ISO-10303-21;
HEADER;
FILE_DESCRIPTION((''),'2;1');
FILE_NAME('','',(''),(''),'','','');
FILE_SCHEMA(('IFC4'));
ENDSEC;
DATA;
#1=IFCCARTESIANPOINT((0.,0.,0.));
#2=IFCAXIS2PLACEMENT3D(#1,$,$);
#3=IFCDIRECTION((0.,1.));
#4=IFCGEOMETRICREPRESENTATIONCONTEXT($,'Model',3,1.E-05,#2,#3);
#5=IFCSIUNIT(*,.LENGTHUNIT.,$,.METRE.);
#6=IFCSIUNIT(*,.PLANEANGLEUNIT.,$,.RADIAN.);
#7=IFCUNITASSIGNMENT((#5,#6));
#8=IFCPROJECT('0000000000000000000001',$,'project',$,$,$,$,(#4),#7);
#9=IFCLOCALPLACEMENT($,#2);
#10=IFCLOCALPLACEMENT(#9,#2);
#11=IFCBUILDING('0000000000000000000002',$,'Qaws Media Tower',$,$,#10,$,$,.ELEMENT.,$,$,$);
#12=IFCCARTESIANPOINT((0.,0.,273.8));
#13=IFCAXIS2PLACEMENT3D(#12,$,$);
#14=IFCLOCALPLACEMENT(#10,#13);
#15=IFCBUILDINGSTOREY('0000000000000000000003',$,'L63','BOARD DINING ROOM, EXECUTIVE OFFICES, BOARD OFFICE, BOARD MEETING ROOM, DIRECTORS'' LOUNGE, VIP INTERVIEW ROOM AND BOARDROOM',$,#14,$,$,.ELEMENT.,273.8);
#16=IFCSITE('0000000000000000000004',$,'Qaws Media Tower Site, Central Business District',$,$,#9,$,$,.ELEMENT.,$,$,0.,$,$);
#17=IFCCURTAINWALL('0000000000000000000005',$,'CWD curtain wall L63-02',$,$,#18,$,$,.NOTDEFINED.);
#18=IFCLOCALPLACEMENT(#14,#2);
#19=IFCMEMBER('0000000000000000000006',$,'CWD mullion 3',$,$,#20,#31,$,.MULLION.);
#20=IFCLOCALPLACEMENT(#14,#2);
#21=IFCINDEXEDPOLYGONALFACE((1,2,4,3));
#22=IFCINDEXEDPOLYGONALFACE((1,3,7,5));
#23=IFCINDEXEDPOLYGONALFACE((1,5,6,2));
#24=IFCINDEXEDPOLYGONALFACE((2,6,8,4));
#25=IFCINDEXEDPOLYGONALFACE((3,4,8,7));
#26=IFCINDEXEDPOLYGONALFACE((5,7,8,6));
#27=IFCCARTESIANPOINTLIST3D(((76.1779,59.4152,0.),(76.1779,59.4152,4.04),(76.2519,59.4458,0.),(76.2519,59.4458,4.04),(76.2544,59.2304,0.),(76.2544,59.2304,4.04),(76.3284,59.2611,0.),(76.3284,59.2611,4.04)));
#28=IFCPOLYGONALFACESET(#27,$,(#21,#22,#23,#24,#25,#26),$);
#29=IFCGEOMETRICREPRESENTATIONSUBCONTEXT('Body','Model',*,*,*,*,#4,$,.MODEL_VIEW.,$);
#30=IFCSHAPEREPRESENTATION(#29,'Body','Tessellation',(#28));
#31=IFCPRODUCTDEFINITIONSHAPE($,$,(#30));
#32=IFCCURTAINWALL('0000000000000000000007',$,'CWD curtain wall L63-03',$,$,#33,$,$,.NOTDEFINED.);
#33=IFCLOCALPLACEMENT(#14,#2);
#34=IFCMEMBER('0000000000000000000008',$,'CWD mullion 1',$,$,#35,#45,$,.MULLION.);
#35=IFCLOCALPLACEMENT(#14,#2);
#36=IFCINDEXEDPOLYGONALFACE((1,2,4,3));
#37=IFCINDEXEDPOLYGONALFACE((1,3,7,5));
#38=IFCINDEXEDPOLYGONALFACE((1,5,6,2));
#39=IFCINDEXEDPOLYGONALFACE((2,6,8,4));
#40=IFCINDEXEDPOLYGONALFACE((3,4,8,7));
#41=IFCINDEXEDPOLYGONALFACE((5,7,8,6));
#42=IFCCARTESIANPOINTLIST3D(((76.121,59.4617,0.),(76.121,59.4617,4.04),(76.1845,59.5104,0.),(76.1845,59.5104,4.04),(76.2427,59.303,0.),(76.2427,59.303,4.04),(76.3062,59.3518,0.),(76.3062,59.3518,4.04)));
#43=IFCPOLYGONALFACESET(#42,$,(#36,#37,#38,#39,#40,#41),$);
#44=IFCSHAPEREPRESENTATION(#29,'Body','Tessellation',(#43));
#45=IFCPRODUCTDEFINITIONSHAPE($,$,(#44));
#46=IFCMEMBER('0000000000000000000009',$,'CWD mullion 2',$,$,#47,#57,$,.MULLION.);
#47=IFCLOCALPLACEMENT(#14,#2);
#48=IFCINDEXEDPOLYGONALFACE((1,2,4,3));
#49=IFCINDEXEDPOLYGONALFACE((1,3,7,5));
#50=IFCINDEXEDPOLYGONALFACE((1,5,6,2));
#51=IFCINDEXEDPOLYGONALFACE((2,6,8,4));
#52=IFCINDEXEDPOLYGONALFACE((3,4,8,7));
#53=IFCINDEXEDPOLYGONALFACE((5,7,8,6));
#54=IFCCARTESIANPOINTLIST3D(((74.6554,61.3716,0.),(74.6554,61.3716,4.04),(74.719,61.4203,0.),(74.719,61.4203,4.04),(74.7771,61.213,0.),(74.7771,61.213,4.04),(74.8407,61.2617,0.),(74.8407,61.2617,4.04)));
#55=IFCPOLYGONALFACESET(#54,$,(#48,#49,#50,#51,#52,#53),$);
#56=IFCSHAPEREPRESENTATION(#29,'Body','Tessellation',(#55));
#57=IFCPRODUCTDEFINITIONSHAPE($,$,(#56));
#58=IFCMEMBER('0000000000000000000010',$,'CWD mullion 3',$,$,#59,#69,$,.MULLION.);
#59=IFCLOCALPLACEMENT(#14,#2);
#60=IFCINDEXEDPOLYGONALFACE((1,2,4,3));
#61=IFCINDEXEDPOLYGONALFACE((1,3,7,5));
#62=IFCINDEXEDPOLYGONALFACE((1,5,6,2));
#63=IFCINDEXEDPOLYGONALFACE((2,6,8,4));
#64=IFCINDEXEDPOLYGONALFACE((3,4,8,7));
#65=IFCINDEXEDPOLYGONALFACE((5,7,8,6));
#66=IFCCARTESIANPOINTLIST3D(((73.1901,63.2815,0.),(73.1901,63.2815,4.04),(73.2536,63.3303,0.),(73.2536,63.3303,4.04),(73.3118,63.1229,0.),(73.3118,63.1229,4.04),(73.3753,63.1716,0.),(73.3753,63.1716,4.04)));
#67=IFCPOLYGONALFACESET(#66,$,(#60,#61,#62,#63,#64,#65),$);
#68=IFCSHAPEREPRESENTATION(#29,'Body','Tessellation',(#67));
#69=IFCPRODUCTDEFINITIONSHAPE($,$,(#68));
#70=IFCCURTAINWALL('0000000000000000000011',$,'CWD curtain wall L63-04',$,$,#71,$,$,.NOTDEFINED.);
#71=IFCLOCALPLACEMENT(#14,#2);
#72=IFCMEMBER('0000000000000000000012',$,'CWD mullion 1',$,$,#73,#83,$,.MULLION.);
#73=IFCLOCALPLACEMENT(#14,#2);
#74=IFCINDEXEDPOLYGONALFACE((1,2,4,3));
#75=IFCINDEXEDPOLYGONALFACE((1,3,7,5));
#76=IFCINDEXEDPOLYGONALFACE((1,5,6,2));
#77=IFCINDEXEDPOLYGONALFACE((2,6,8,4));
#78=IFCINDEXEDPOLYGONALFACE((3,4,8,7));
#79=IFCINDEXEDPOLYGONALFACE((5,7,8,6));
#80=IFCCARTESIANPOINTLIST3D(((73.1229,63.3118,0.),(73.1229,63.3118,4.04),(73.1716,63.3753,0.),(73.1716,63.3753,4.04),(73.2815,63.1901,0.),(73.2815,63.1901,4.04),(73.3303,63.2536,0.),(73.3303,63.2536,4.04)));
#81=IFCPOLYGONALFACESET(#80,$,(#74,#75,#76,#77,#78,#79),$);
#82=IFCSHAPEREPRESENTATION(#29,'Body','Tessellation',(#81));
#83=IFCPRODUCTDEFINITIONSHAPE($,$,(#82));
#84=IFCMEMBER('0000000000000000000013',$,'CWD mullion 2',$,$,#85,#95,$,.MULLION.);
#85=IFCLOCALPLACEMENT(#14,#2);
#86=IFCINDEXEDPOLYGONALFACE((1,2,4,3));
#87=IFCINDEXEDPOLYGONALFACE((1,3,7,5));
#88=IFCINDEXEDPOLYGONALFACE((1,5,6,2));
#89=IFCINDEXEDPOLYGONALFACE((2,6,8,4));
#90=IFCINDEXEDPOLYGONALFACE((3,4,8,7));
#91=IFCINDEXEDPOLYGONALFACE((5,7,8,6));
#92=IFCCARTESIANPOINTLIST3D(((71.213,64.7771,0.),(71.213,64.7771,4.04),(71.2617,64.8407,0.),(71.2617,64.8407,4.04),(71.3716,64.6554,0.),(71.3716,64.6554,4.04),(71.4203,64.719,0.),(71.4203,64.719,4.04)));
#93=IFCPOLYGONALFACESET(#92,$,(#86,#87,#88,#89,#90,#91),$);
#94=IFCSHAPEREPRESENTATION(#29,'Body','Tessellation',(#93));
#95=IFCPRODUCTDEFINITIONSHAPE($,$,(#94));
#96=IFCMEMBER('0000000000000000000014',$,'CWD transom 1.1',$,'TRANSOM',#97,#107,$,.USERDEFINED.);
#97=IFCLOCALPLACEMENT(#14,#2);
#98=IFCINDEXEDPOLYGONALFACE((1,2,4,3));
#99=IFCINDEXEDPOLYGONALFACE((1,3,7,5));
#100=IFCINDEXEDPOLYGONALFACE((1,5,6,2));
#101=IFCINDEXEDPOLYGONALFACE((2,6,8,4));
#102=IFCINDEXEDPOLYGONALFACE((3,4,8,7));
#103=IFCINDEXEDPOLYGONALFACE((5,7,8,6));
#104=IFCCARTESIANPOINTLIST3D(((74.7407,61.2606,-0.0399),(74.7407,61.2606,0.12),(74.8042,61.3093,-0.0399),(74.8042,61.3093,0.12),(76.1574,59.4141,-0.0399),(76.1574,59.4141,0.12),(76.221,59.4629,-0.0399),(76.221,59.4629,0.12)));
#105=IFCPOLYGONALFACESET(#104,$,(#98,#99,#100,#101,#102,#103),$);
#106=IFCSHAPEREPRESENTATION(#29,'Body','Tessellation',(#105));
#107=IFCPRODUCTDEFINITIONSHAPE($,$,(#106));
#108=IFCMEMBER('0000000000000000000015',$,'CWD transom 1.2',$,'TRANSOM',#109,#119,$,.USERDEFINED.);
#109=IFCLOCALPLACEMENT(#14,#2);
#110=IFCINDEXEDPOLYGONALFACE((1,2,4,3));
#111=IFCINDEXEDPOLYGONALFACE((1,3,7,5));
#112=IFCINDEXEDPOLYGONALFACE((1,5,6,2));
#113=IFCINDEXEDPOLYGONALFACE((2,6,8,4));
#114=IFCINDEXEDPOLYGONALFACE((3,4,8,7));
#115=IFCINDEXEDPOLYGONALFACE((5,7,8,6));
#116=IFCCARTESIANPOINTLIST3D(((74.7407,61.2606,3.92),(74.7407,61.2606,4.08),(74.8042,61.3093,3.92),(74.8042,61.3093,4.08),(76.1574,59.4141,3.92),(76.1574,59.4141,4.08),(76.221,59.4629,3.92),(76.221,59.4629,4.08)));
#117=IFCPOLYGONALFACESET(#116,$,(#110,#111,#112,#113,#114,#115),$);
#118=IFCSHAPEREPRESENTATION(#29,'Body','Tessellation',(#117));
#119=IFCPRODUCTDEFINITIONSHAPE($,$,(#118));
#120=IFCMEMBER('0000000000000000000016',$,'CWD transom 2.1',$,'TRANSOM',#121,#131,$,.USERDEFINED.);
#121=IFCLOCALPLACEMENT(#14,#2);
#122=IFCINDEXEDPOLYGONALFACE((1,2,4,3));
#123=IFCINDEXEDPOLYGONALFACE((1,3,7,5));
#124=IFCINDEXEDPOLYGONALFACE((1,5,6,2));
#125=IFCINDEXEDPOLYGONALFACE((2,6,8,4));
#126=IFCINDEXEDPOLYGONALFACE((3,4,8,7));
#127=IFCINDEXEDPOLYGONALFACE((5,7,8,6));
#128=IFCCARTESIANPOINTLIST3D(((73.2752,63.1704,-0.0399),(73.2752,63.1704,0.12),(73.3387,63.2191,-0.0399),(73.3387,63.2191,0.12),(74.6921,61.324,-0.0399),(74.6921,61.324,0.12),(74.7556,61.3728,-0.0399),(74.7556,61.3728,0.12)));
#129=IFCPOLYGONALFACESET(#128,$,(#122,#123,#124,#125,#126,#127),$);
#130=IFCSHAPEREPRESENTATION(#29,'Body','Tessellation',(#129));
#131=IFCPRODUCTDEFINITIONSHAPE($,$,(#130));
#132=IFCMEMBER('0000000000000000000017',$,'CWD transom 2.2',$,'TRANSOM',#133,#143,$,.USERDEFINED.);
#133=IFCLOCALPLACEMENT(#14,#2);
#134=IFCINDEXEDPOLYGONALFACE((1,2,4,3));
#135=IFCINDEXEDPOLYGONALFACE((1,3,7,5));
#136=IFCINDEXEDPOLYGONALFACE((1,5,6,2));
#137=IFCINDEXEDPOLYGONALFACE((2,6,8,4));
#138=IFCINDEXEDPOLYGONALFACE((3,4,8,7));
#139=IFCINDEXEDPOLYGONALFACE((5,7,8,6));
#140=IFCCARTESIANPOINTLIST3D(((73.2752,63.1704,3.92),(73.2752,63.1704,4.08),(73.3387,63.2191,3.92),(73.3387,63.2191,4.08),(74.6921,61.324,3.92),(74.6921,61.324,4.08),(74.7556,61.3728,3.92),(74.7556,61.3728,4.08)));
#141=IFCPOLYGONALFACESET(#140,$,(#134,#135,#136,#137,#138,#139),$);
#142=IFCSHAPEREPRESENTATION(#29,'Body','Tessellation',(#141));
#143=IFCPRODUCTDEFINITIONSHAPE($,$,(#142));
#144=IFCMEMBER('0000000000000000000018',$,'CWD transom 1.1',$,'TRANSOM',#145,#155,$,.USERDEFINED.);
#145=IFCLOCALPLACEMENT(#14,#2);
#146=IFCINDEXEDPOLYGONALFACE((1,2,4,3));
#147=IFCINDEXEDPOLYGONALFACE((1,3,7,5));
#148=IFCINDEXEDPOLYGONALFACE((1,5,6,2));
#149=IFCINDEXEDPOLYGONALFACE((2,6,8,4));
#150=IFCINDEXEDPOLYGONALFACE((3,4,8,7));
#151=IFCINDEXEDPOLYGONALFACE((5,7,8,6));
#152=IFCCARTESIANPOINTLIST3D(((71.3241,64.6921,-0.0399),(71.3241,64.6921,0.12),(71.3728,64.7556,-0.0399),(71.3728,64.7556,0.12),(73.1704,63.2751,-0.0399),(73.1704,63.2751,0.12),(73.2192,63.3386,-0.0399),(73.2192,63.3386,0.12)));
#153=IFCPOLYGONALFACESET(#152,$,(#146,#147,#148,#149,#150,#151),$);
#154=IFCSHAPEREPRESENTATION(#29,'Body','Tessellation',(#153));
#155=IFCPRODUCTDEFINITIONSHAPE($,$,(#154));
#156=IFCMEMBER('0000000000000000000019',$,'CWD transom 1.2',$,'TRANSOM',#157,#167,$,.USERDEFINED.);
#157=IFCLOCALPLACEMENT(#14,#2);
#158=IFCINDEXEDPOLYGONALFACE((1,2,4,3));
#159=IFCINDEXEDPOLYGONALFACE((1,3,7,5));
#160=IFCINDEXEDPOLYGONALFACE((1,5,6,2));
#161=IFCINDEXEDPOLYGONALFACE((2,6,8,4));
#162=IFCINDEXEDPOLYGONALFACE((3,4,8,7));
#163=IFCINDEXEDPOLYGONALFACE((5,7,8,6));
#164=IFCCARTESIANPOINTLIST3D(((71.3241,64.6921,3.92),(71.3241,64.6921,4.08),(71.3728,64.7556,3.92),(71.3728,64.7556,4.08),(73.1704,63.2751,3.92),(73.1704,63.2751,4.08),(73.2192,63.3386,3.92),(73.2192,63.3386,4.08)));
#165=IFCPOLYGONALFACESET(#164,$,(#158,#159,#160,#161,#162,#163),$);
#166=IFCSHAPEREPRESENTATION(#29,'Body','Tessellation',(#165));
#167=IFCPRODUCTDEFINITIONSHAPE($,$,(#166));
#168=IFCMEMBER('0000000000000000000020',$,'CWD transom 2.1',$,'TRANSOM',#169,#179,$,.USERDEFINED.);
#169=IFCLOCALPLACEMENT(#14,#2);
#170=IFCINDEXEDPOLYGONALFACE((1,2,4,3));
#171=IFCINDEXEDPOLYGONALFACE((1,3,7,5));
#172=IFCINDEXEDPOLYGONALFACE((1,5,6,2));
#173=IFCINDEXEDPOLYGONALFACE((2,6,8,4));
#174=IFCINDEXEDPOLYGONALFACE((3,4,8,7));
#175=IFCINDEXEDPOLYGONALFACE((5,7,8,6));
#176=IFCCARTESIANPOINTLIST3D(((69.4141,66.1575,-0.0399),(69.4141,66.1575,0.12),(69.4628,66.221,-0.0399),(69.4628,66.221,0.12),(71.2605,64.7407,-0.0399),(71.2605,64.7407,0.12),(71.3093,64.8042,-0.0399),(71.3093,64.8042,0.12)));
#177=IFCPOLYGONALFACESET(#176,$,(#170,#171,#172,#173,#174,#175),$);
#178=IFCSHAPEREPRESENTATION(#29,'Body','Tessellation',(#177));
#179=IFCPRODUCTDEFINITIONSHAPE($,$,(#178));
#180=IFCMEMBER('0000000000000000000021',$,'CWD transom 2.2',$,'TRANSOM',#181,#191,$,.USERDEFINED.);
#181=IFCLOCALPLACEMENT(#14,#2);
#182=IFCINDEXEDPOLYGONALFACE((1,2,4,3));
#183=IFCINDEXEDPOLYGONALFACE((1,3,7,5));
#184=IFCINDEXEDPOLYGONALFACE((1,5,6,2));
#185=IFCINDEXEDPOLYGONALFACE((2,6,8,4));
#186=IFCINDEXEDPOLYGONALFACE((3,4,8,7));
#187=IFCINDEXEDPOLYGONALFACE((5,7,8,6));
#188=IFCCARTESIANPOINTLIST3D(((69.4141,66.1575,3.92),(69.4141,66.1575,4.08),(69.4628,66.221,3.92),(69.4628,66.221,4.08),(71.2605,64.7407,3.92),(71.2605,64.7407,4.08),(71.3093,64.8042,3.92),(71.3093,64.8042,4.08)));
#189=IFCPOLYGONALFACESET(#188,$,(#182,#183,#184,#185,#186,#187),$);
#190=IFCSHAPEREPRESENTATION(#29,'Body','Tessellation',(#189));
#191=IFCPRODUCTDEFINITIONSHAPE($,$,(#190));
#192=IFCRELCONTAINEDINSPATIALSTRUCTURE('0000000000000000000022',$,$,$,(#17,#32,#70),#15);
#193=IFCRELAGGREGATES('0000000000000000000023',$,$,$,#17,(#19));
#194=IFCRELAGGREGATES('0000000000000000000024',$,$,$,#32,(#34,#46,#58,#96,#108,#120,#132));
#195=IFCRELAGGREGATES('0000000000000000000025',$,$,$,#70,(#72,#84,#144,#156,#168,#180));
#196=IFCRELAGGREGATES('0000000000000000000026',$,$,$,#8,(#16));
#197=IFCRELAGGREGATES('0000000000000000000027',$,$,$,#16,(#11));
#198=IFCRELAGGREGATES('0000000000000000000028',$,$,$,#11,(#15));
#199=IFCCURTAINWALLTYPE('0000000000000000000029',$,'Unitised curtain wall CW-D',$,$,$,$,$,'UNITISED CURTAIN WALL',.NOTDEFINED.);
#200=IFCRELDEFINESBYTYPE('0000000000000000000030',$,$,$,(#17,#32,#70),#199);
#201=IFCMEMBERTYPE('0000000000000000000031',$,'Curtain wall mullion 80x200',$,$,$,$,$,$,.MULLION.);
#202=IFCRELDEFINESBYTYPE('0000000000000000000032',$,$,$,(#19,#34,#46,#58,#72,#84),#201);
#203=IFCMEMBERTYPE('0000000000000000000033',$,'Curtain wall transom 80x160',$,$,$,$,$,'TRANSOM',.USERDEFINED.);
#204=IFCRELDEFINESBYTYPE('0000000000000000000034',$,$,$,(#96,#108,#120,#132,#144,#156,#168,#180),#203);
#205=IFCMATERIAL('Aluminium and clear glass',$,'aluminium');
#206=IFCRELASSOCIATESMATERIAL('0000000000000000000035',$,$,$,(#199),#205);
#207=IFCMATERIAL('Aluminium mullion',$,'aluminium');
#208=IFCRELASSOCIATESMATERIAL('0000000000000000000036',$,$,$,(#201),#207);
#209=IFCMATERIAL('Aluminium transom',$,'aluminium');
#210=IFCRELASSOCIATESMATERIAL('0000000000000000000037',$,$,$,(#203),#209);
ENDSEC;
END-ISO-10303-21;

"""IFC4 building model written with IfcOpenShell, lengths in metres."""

from ifc_helpers import new_model, si_unit, direction, frame, origin, origin_2d, place, context, subcontext, project, spatial, rectangle, extrude, material, material_profile, profile_set, type_object, element, aggregate, save


model = new_model("IFC4")

# Units and contexts
model_context = context("Model", 3, precision=1e-05, world=origin(), true_north=direction((0.0, 1.0)))
body_context = subcontext(model_context, "Body", "Model", "MODEL_VIEW")
ifc_project = project(units=[si_unit("LENGTHUNIT", "METRE"), si_unit("PLANEANGLEUNIT", "RADIAN")], contexts=[model_context])

# Site, building, storey
site_placement = place(None, origin())
site = spatial("IfcSite", under=ifc_project, at=site_placement, Name="Qaws Media Tower Site, Central Business District", CompositionType="ELEMENT", RefElevation=0.0)
building_placement = place(site_placement, origin())
building = spatial("IfcBuilding", under=site, at=building_placement, Name="Qaws Media Tower", CompositionType="ELEMENT")
storey_placement = place(building_placement, frame((0.0, 0.0, 273.8)))
storey = spatial("IfcBuildingStorey", under=building, at=storey_placement, Name="L63", Description="BOARD DINING ROOM, EXECUTIVE OFFICES, BOARD OFFICE, BOARD MEETING ROOM, DIRECTORS' LOUNGE, VIP INTERVIEW ROOM AND BOARDROOM", CompositionType="ELEMENT", Elevation=273.8)

# Curtain wall, member
ifc_material_1 = material(Name="Aluminium and clear glass", Category="aluminium")
curtain_wall_type = type_object("IfcCurtainWallType", Name="Unitised curtain wall CW-D", ElementType="UNITISED CURTAIN WALL", PredefinedType="NOTDEFINED", material=ifc_material_1)
curtain_wall_1_placement = place(storey_placement, origin())
curtain_wall_1 = element("IfcCurtainWall", 1, at=curtain_wall_1_placement, inside=storey, type_object=curtain_wall_type, Name="CWD curtain wall L63-02", PredefinedType="NOTDEFINED")
ifc_material_2 = material(Name="Aluminium mullion", Category="aluminium")
ifc_material_profile_1 = material_profile(ifc_material_2, rectangle(XDim=0.0801, YDim=0.2, at=origin_2d()), Name="80x200")
ifc_profile_set_1 = profile_set([ifc_material_profile_1], Name="Aluminium mullion")
member_type_1 = type_object("IfcMemberType", Name="Curtain wall mullion 80x200", PredefinedType="MULLION", material=ifc_profile_set_1)
member_1_placement = place(storey_placement, frame((76.2532, 59.3381, 0.0), z_axis=(0.0, 0.0, 1.0), x_axis=(-0.92388, -0.382683, 0.0)))
member_1 = element("IfcMember", 2, at=member_1_placement, type_object=member_type_1, Name="CWD mullion 3", PredefinedType="MULLION", context=body_context, shape_type="SweptSolid", body=[
    extrude(rectangle(XDim=0.0801, YDim=0.2, at=origin_2d()), origin(), (0.0, 0.0, 1.0), 4.04),
])
aggregate(curtain_wall_1, [member_1])

# Curtain walls, members
curtain_wall_2_placement = place(storey_placement, origin())
curtain_wall_2 = element("IfcCurtainWall", 3, at=curtain_wall_2_placement, inside=storey, type_object=curtain_wall_type, Name="CWD curtain wall L63-03", PredefinedType="NOTDEFINED")
member_2_placement = place(storey_placement, frame((76.2136, 59.4067, 0.0), z_axis=(0.0, 0.0, 1.0), x_axis=(-0.793353, -0.608761, 0.0)))
member_2 = element("IfcMember", 4, at=member_2_placement, type_object=member_type_1, Name="CWD mullion 1", PredefinedType="MULLION", context=body_context, shape_type="SweptSolid", body=[
    extrude(rectangle(XDim=0.0801, YDim=0.2, at=origin_2d()), origin(), (0.0, 0.0, 1.0), 4.04),
])
member_3_placement = place(storey_placement, frame((74.748, 61.3167, 0.0), z_axis=(0.0, 0.0, 1.0), x_axis=(-0.793353, -0.608761, 0.0)))
member_3 = element("IfcMember", 5, at=member_3_placement, type_object=member_type_1, Name="CWD mullion 2", PredefinedType="MULLION", context=body_context, shape_type="SweptSolid", body=[
    extrude(rectangle(XDim=0.0801, YDim=0.2, at=origin_2d()), origin(), (0.0, 0.0, 1.0), 4.04),
])
member_4_placement = place(storey_placement, frame((73.2827, 63.2266, 0.0), z_axis=(0.0, 0.0, 1.0), x_axis=(-0.793353, -0.608761, 0.0)))
member_4 = element("IfcMember", 6, at=member_4_placement, type_object=member_type_1, Name="CWD mullion 3", PredefinedType="MULLION", context=body_context, shape_type="SweptSolid", body=[
    extrude(rectangle(XDim=0.0801, YDim=0.2, at=origin_2d()), origin(), (0.0, 0.0, 1.0), 4.04),
])
curtain_wall_3_placement = place(storey_placement, origin())
curtain_wall_3 = element("IfcCurtainWall", 7, at=curtain_wall_3_placement, inside=storey, type_object=curtain_wall_type, Name="CWD curtain wall L63-04", PredefinedType="NOTDEFINED")
member_5_placement = place(storey_placement, frame((73.2266, 63.2827, 0.0), z_axis=(0.0, 0.0, 1.0), x_axis=(-0.608761, -0.793353, 0.0)))
member_5 = element("IfcMember", 8, at=member_5_placement, type_object=member_type_1, Name="CWD mullion 1", PredefinedType="MULLION", context=body_context, shape_type="SweptSolid", body=[
    extrude(rectangle(XDim=0.0801, YDim=0.2, at=origin_2d()), origin(), (0.0, 0.0, 1.0), 4.04),
])
member_6_placement = place(storey_placement, frame((71.3167, 64.748, 0.0), z_axis=(0.0, 0.0, 1.0), x_axis=(-0.608761, -0.793353, 0.0)))
member_6 = element("IfcMember", 9, at=member_6_placement, type_object=member_type_1, Name="CWD mullion 2", PredefinedType="MULLION", context=body_context, shape_type="SweptSolid", body=[
    extrude(rectangle(XDim=0.0801, YDim=0.2, at=origin_2d()), origin(), (0.0, 0.0, 1.0), 4.04),
])

# Members
ifc_material_3 = material(Name="Aluminium transom", Category="aluminium")
ifc_material_profile_2 = material_profile(ifc_material_3, rectangle(XDim=0.0801, YDim=0.1599, at=origin_2d()), Name="80x160")
ifc_profile_set_2 = profile_set([ifc_material_profile_2], Name="Aluminium transom")
member_type_2 = type_object("IfcMemberType", Name="Curtain wall transom 80x160", ElementType="TRANSOM", PredefinedType="USERDEFINED", material=ifc_profile_set_2)
member_7_placement = place(storey_placement, frame((76.1892, 59.4385, 0.04), z_axis=(-0.608742, 0.793368, 0.0), x_axis=(-0.793368, -0.608742, 0.0)))
member_7 = element("IfcMember", 10, at=member_7_placement, type_object=member_type_2, Name="CWD transom 1.1", ObjectType="TRANSOM", PredefinedType="USERDEFINED", context=body_context, shape_type="SweptSolid", body=[
    extrude(rectangle(XDim=0.0801, YDim=0.1599, at=origin_2d()), origin(), (0.0, 0.0, 1.0), 2.3274),
])
member_8_placement = place(storey_placement, frame((76.1892, 59.4385, 4.0), z_axis=(-0.608742, 0.793368, 0.0), x_axis=(-0.793368, -0.608742, 0.0)))
member_8 = element("IfcMember", 11, at=member_8_placement, type_object=member_type_2, Name="CWD transom 1.2", ObjectType="TRANSOM", PredefinedType="USERDEFINED", context=body_context, shape_type="SweptSolid", body=[
    extrude(rectangle(XDim=0.0801, YDim=0.1599, at=origin_2d()), origin(), (0.0, 0.0, 1.0), 2.3274),
])
member_9_placement = place(storey_placement, frame((74.7239, 61.3484, 0.04), z_axis=(-0.608808, 0.793318, 0.0), x_axis=(-0.793318, -0.608808, 0.0)))
member_9 = element("IfcMember", 12, at=member_9_placement, type_object=member_type_2, Name="CWD transom 2.1", ObjectType="TRANSOM", PredefinedType="USERDEFINED", context=body_context, shape_type="SweptSolid", body=[
    extrude(rectangle(XDim=0.0801, YDim=0.1599, at=origin_2d()), origin(), (0.0, 0.0, 1.0), 2.3274),
])
member_10_placement = place(storey_placement, frame((74.7239, 61.3484, 4.0), z_axis=(-0.608808, 0.793318, 0.0), x_axis=(-0.793318, -0.608808, 0.0)))
member_10 = element("IfcMember", 13, at=member_10_placement, type_object=member_type_2, Name="CWD transom 2.2", ObjectType="TRANSOM", PredefinedType="USERDEFINED", context=body_context, shape_type="SweptSolid", body=[
    extrude(rectangle(XDim=0.0801, YDim=0.1599, at=origin_2d()), origin(), (0.0, 0.0, 1.0), 2.3274),
])
member_11_placement = place(storey_placement, frame((73.1948, 63.3069, 0.04), z_axis=(-0.793318, 0.608808, 0.0), x_axis=(-0.608808, -0.793318, 0.0)))
member_11 = element("IfcMember", 14, at=member_11_placement, type_object=member_type_2, Name="CWD transom 1.1", ObjectType="TRANSOM", PredefinedType="USERDEFINED", context=body_context, shape_type="SweptSolid", body=[
    extrude(rectangle(XDim=0.0801, YDim=0.1599, at=origin_2d()), origin(), (0.0, 0.0, 1.0), 2.3274),
])
member_12_placement = place(storey_placement, frame((73.1948, 63.3069, 4.0), z_axis=(-0.793318, 0.608808, 0.0), x_axis=(-0.608808, -0.793318, 0.0)))
member_12 = element("IfcMember", 15, at=member_12_placement, type_object=member_type_2, Name="CWD transom 1.2", ObjectType="TRANSOM", PredefinedType="USERDEFINED", context=body_context, shape_type="SweptSolid", body=[
    extrude(rectangle(XDim=0.0801, YDim=0.1599, at=origin_2d()), origin(), (0.0, 0.0, 1.0), 2.3274),
])
member_13_placement = place(storey_placement, frame((71.2849, 64.7725, 0.04), z_axis=(-0.793368, 0.608742, 0.0), x_axis=(-0.608742, -0.793368, 0.0)))
member_13 = element("IfcMember", 16, at=member_13_placement, type_object=member_type_2, Name="CWD transom 2.1", ObjectType="TRANSOM", PredefinedType="USERDEFINED", context=body_context, shape_type="SweptSolid", body=[
    extrude(rectangle(XDim=0.0801, YDim=0.1599, at=origin_2d()), origin(), (0.0, 0.0, 1.0), 2.3274),
])
member_14_placement = place(storey_placement, frame((71.2849, 64.7725, 4.0), z_axis=(-0.793368, 0.608742, 0.0), x_axis=(-0.608742, -0.793368, 0.0)))
member_14 = element("IfcMember", 17, at=member_14_placement, type_object=member_type_2, Name="CWD transom 2.2", ObjectType="TRANSOM", PredefinedType="USERDEFINED", context=body_context, shape_type="SweptSolid", body=[
    extrude(rectangle(XDim=0.0801, YDim=0.1599, at=origin_2d()), origin(), (0.0, 0.0, 1.0), 2.3274),
])

aggregate(curtain_wall_2, [member_2, member_3, member_4, member_7, member_8, member_9, member_10])
aggregate(curtain_wall_3, [member_5, member_6, member_11, member_12, member_13, member_14])

save(model, "model.ifc")
